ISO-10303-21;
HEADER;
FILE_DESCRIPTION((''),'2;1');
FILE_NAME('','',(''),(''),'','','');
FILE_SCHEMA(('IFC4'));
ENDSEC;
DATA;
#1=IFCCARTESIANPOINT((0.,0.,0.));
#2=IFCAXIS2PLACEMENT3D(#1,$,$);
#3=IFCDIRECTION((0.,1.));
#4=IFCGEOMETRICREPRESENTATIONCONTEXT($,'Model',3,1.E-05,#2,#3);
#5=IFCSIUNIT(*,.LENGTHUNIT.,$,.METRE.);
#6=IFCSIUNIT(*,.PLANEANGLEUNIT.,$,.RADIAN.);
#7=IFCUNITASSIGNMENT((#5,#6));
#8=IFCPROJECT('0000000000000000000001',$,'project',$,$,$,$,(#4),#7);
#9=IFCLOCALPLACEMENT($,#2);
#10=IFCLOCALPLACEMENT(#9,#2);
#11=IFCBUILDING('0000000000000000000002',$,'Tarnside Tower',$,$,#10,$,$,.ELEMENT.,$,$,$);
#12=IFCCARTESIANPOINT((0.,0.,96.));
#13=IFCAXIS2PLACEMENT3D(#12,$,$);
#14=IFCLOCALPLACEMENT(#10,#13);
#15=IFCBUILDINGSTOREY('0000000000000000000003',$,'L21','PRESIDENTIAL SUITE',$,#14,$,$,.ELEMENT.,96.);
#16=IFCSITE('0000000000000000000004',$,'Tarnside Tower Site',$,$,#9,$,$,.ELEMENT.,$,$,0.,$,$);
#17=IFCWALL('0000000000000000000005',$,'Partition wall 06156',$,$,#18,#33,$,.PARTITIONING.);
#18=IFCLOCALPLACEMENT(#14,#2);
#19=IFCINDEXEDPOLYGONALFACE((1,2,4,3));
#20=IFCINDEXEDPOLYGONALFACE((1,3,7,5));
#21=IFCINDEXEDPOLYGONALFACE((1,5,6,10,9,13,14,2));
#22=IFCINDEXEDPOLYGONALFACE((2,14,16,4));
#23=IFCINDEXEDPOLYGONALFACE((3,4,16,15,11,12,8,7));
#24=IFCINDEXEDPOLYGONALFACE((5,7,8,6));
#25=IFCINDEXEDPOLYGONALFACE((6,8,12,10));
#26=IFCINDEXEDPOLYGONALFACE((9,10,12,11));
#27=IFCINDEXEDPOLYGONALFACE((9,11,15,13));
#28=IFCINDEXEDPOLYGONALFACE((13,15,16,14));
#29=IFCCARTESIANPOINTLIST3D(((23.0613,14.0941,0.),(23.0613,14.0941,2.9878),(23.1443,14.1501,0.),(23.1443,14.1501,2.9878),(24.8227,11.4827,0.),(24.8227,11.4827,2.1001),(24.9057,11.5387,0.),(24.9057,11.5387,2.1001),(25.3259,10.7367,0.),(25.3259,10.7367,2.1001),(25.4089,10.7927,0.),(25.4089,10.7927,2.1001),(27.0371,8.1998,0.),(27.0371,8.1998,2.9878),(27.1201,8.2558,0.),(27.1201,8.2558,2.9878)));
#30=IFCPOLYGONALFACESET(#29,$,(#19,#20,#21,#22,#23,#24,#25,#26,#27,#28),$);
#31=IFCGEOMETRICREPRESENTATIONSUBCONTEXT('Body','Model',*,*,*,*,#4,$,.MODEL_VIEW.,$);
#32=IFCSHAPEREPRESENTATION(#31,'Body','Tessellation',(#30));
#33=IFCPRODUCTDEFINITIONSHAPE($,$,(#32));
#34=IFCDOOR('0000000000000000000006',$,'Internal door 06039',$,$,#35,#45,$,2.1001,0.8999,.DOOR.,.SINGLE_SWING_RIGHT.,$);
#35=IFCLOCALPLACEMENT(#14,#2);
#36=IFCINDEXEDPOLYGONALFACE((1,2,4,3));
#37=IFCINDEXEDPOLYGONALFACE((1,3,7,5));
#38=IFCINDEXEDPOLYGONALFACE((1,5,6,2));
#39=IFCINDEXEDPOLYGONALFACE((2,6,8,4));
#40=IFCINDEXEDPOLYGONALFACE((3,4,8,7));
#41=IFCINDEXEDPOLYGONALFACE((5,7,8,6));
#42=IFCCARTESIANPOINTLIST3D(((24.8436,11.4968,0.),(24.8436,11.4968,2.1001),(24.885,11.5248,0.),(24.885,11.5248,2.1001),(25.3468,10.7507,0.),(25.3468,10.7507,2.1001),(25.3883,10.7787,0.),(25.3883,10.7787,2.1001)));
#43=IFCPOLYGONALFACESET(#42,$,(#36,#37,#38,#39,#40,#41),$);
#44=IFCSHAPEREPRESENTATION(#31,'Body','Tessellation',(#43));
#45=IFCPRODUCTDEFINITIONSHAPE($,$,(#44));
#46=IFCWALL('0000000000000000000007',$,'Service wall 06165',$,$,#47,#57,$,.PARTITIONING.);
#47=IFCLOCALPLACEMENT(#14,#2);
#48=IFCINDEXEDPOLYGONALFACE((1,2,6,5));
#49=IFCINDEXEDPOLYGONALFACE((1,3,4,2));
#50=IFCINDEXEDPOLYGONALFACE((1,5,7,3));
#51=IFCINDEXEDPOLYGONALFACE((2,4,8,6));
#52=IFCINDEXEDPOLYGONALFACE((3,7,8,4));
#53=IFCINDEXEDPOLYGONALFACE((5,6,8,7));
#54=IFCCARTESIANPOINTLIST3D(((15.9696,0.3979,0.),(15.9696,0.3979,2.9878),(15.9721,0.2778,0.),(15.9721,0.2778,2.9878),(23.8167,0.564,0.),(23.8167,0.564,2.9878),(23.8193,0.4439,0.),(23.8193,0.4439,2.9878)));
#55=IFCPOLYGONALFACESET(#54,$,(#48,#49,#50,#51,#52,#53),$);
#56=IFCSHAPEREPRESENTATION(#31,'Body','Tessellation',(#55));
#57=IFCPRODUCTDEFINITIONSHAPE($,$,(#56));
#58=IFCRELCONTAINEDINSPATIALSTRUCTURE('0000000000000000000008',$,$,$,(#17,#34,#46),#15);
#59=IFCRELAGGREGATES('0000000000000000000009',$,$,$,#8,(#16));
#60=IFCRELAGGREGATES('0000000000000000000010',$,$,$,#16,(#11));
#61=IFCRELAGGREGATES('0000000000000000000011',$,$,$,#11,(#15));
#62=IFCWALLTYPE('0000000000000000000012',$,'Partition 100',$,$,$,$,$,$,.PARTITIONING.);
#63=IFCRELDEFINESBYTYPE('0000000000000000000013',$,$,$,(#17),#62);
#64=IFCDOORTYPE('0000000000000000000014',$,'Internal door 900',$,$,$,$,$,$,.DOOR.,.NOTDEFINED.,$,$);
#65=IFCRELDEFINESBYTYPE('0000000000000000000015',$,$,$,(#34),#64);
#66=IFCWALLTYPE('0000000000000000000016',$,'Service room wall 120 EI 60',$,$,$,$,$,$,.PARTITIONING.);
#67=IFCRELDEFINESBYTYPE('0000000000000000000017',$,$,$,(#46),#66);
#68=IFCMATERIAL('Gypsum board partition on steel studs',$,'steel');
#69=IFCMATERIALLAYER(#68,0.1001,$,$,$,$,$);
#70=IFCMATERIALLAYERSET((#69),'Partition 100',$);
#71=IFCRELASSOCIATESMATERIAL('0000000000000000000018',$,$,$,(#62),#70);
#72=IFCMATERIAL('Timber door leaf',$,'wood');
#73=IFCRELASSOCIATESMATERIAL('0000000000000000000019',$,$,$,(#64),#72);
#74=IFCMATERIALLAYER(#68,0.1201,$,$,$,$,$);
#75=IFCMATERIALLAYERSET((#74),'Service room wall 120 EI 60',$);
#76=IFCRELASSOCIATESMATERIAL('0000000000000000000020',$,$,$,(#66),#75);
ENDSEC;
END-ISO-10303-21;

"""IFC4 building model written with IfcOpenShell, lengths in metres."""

from ifc_helpers import new_model, si_unit, direction, frame, frame_2d, origin, place, context, subcontext, project, spatial, rectangle, extrude, material, layer, layer_set, type_object, element, fill, save


model = new_model("IFC4")

# Units and contexts
model_context = context("Model", 3, precision=1e-05, world=origin(), true_north=direction((0.0, 1.0)))
body_context = subcontext(model_context, "Body", "Model", "MODEL_VIEW")
ifc_project = project(units=[si_unit("LENGTHUNIT", "METRE"), si_unit("PLANEANGLEUNIT", "RADIAN")], contexts=[model_context])

# Site, building, storey
site_placement = place(None, origin())
site = spatial("IfcSite", under=ifc_project, at=site_placement, Name="Tarnside Tower Site", CompositionType="ELEMENT", RefElevation=0.0)
building_placement = place(site_placement, origin())
building = spatial("IfcBuilding", under=site, at=building_placement, Name="Tarnside Tower", CompositionType="ELEMENT")
storey_placement = place(building_placement, frame((0.0, 0.0, 96.0)))
storey = spatial("IfcBuildingStorey", under=building, at=storey_placement, Name="L21", Description="PRESIDENTIAL SUITE", CompositionType="ELEMENT", Elevation=96.0)

# Shared definitions
ifc_material_1 = material(Name="Gypsum board partition on steel studs", Category="steel")

# Shared definitions
ifc_material_2 = material(Name="Timber door leaf", Category="wood")

# Wall, opening, door
ifc_layer_1 = layer(ifc_material_1, 0.1001)
ifc_layer_set_1 = layer_set([ifc_layer_1], Name="Partition 100")
wall_type_1 = type_object("IfcWallType", Name="Partition 100", PredefinedType="PARTITIONING", material=ifc_layer_set_1)
wall_1_placement = place(storey_placement, frame((27.0786, 8.2278, 0.0), z_axis=(0.0, 0.0, 1.0), x_axis=(-0.559201, 0.829032, 0.0)))
wall_1 = element("IfcWall", 1, at=wall_1_placement, inside=storey, type_object=wall_type_1, Name="Partition wall 06156", PredefinedType="PARTITIONING", context=body_context, shape_type="SweptSolid", body=[
    extrude(rectangle(XDim=7.1099, YDim=0.1001, at=frame_2d((3.5549, 0.0))), origin(), (0.0, 0.0, 1.0), 2.9878),
])
opening_1_placement = place(wall_1_placement, frame((3.0601, 0.0, 0.0)))
opening_1 = element("IfcOpeningElement", 2, at=opening_1_placement, cuts=wall_1, PredefinedType="OPENING", context=body_context, shape_type="SweptSolid", body=[
    extrude(rectangle(XDim=0.8999, YDim=2.1001, at=frame_2d((0.45, 1.05))), frame((0.0, 0.0601, 0.0), z_axis=(0.0, -1.0, 0.0), x_axis=(1.0, 0.0, 0.0)), (0.0, 0.0, 1.0), 0.1201),
])
door_type_1 = type_object("IfcDoorType", Name="Internal door 900", OperationType="NOTDEFINED", PredefinedType="DOOR", material=ifc_material_2)
door_1_placement = place(opening_1_placement, origin())
door_1 = element("IfcDoor", 3, at=door_1_placement, inside=storey, type_object=door_type_1, Name="Internal door 06039", OperationType="SINGLE_SWING_RIGHT", OverallHeight=2.1001, OverallWidth=0.8999, PredefinedType="DOOR", context=body_context, shape_type="SweptSolid", body=[
    extrude(rectangle(XDim=0.8999, YDim=2.1001, at=frame_2d((0.45, 1.05))), frame((0.0, 0.0249, 0.0), z_axis=(0.0, -1.0, 0.0), x_axis=(1.0, 0.0, 0.0)), (0.0, 0.0, 1.0), 0.05),
])
fill(opening_1, door_1)

# Wall
ifc_layer_2 = layer(ifc_material_1, 0.1201)
ifc_layer_set_2 = layer_set([ifc_layer_2], Name="Service room wall 120 EI 60")
wall_type_2 = type_object("IfcWallType", Name="Service room wall 120 EI 60", PredefinedType="PARTITIONING", material=ifc_layer_set_2)
wall_2_placement = place(storey_placement, frame((23.8179, 0.5039, 0.0), z_axis=(0.0, 0.0, 1.0), x_axis=(-0.999776, -0.021151, 0.0)))
element("IfcWall", 4, at=wall_2_placement, inside=storey, type_object=wall_type_2, Name="Service wall 06165", PredefinedType="PARTITIONING", context=body_context, shape_type="SweptSolid", body=[
    extrude(rectangle(XDim=7.8489, YDim=0.1201, at=frame_2d((3.9243, 0.0))), origin(), (0.0, 0.0, 1.0), 2.9878),
])

save(model, "model.ifc")
